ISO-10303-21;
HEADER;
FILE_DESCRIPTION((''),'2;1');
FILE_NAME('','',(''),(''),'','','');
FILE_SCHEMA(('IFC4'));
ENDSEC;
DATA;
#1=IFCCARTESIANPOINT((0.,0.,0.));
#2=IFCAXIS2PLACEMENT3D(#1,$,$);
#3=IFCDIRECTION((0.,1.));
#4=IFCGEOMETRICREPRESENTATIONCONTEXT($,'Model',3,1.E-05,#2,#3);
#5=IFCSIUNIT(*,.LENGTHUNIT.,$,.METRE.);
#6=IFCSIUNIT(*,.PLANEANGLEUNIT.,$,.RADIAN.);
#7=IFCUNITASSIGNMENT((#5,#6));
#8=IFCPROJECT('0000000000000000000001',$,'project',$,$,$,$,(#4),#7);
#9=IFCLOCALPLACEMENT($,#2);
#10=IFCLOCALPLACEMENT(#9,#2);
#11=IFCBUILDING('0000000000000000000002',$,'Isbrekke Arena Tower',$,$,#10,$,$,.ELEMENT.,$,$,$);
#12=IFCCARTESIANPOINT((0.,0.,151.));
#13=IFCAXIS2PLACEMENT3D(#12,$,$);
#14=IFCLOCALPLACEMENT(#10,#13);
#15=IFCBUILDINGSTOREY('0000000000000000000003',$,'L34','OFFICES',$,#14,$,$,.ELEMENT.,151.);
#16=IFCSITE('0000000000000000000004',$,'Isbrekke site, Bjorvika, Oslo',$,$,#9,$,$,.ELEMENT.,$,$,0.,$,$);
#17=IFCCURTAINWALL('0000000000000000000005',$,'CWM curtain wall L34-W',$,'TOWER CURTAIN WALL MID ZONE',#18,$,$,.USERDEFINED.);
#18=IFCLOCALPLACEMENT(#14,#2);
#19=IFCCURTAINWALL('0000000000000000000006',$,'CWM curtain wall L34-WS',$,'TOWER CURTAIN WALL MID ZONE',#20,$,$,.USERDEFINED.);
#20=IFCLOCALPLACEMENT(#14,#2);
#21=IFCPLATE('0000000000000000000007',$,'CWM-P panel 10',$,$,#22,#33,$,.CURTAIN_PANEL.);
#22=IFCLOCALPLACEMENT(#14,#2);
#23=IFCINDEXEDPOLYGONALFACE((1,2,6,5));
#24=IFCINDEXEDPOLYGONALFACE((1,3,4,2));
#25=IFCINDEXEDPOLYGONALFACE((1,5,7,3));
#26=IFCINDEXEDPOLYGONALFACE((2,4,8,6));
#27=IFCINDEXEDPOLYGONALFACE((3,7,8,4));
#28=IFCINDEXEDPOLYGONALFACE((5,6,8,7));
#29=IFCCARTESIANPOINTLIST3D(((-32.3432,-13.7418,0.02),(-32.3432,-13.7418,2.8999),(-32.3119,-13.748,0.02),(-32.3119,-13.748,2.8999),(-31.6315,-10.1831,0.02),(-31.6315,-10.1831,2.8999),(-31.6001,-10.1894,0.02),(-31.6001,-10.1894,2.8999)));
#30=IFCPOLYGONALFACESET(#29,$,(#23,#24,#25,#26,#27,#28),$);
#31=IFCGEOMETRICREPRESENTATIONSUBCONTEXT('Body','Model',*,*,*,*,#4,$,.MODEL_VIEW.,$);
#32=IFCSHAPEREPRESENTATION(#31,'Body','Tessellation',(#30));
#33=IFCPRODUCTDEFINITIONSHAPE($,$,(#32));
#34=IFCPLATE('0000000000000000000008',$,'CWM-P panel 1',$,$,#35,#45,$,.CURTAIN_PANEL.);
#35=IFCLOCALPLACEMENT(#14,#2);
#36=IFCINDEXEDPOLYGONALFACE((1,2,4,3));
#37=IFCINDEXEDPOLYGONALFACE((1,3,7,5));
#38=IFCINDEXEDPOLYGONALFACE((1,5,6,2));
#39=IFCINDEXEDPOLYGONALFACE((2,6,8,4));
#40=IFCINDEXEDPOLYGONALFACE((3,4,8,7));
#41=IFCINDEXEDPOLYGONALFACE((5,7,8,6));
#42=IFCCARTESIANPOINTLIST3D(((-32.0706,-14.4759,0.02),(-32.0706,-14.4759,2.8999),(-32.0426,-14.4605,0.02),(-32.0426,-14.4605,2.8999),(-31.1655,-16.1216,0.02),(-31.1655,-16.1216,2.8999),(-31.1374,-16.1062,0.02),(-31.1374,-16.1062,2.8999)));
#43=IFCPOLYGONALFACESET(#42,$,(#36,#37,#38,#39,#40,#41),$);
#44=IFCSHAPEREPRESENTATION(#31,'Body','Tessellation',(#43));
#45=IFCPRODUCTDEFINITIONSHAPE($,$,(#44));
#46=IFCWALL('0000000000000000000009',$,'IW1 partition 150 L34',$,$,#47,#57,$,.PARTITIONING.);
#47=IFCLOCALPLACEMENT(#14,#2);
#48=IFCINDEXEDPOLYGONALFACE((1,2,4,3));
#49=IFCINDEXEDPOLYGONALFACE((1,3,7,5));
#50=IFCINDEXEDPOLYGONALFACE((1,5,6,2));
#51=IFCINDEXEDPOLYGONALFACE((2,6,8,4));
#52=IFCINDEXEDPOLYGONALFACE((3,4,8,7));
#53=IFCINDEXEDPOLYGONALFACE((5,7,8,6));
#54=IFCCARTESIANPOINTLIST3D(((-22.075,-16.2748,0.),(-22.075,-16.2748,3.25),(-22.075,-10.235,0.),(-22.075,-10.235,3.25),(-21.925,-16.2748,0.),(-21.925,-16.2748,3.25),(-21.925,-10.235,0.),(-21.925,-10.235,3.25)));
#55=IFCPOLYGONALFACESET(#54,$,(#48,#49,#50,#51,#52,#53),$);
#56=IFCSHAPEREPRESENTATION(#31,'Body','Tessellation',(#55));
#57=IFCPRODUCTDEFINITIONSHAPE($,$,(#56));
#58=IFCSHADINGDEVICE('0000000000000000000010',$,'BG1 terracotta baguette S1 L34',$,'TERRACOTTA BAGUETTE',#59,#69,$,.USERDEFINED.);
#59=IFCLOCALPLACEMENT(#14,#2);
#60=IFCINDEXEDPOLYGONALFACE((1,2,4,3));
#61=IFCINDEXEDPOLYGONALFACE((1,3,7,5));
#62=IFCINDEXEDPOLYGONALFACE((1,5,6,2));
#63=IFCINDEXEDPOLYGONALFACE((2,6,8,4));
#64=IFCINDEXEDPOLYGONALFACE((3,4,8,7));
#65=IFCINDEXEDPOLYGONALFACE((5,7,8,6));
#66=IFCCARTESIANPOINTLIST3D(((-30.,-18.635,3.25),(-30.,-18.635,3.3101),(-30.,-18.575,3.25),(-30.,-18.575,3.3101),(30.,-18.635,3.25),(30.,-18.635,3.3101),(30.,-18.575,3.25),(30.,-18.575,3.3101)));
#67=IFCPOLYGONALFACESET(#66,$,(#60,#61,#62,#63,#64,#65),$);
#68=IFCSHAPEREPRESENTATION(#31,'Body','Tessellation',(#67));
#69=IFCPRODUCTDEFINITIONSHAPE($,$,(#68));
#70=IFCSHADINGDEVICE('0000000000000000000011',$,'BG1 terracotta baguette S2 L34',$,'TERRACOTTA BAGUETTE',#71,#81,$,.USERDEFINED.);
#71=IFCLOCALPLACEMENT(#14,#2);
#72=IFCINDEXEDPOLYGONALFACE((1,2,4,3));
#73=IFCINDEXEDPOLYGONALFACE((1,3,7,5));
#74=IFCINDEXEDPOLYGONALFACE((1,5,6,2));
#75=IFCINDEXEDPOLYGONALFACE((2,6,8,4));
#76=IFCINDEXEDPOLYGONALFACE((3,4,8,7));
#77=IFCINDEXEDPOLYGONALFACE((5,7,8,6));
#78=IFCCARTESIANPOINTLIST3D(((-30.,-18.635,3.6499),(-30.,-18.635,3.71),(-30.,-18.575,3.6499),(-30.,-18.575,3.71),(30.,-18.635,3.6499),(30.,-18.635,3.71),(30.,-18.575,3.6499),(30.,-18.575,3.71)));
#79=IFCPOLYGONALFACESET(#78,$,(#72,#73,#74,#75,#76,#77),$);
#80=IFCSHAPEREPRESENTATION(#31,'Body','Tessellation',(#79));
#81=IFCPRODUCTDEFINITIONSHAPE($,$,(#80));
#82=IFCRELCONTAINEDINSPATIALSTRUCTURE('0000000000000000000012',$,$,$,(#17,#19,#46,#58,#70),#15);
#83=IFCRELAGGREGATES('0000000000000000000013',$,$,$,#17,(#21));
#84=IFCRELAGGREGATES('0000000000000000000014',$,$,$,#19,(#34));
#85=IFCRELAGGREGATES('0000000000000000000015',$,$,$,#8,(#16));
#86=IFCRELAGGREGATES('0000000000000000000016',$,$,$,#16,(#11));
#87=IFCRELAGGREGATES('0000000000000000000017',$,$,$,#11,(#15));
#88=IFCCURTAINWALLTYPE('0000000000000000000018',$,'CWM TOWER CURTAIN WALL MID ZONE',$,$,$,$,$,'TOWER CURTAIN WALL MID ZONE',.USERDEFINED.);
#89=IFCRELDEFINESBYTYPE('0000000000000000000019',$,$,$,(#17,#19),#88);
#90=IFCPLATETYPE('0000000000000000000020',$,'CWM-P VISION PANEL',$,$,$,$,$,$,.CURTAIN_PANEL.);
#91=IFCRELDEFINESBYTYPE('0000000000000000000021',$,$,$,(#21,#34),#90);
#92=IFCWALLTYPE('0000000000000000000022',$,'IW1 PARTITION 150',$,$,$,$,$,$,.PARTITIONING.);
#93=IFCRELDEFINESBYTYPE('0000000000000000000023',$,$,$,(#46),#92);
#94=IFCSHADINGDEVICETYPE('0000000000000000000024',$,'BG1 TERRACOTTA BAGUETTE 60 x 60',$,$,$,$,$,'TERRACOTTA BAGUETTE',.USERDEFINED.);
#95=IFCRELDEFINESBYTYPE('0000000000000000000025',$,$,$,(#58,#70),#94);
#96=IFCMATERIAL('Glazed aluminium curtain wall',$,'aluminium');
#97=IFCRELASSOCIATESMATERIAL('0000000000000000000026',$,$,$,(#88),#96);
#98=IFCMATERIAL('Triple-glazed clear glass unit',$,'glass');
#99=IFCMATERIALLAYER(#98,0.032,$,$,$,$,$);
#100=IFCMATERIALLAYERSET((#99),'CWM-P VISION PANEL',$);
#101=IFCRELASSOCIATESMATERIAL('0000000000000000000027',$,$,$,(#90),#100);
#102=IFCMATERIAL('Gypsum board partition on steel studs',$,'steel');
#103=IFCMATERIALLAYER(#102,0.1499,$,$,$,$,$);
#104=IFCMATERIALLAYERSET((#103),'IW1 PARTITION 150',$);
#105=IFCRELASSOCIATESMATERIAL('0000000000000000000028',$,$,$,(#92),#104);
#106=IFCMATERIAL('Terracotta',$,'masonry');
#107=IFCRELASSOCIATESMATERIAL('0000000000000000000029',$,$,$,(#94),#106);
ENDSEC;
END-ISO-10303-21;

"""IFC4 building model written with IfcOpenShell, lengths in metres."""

from ifc_helpers import new_model, si_unit, direction, frame, frame_2d, origin, origin_2d, place, context, subcontext, project, spatial, rectangle, extrude, material, layer, layer_set, material_profile, profile_set, type_object, element, aggregate, save


model = new_model("IFC4")

# Units and contexts
model_context = context("Model", 3, precision=1e-05, world=origin(), true_north=direction((0.0, 1.0)))
body_context = subcontext(model_context, "Body", "Model", "MODEL_VIEW")
ifc_project = project(units=[si_unit("LENGTHUNIT", "METRE"), si_unit("PLANEANGLEUNIT", "RADIAN")], contexts=[model_context])

# Site, building, storey
site_placement = place(None, origin())
site = spatial("IfcSite", under=ifc_project, at=site_placement, Name="Isbrekke site, Bjorvika, Oslo", CompositionType="ELEMENT", RefElevation=0.0)
building_placement = place(site_placement, origin())
building = spatial("IfcBuilding", under=site, at=building_placement, Name="Isbrekke Arena Tower", CompositionType="ELEMENT")
storey_placement = place(building_placement, frame((0.0, 0.0, 151.0)))
storey = spatial("IfcBuildingStorey", under=building, at=storey_placement, Name="L34", Description="OFFICES", CompositionType="ELEMENT", Elevation=151.0)

# Shared definitions
ifc_material_1 = material(Name="Glazed aluminium curtain wall", Category="aluminium")
curtain_wall_type = type_object("IfcCurtainWallType", Name="CWM TOWER CURTAIN WALL MID ZONE", ElementType="TOWER CURTAIN WALL MID ZONE", PredefinedType="USERDEFINED", material=ifc_material_1)

# Curtain wall
curtain_wall_1_placement = place(storey_placement, origin())
curtain_wall_1 = element("IfcCurtainWall", 1, at=curtain_wall_1_placement, inside=storey, type_object=curtain_wall_type, Name="CWM curtain wall L34-W", ObjectType="TOWER CURTAIN WALL MID ZONE", PredefinedType="USERDEFINED")

# Curtain wall
curtain_wall_2_placement = place(storey_placement, origin())
curtain_wall_2 = element("IfcCurtainWall", 2, at=curtain_wall_2_placement, inside=storey, type_object=curtain_wall_type, Name="CWM curtain wall L34-WS", ObjectType="TOWER CURTAIN WALL MID ZONE", PredefinedType="USERDEFINED")

# Plates
ifc_material_2 = material(Name="Triple-glazed clear glass unit", Category="glass")
ifc_layer_1 = layer(ifc_material_2, 0.032)
ifc_layer_set_1 = layer_set([ifc_layer_1], Name="CWM-P VISION PANEL")
plate_type = type_object("IfcPlateType", Name="CWM-P VISION PANEL", PredefinedType="CURTAIN_PANEL", material=ifc_layer_set_1)
plate_1_placement = place(storey_placement, frame((-31.9717, -11.9656, 0.02), z_axis=(0.0, 0.0, 1.0), x_axis=(-0.196116, -0.980581, 0.0)))
plate_1 = element("IfcPlate", 3, at=plate_1_placement, type_object=plate_type, Name="CWM-P panel 10", PredefinedType="CURTAIN_PANEL", context=body_context, shape_type="SweptSolid", body=[
    extrude(rectangle(XDim=3.6292, YDim=0.032, at=origin_2d()), origin(), (0.0, 0.0, 1.0), 2.8799),
])
aggregate(curtain_wall_1, [plate_1])
plate_2_placement = place(storey_placement, frame((-31.604, -15.291, 0.02), z_axis=(0.0, 0.0, 1.0), x_axis=(0.481919, -0.876216, 0.0)))
plate_2 = element("IfcPlate", 4, at=plate_2_placement, type_object=plate_type, Name="CWM-P panel 1", PredefinedType="CURTAIN_PANEL", context=body_context, shape_type="SweptSolid", body=[
    extrude(rectangle(XDim=1.8782, YDim=0.032, at=origin_2d()), origin(), (0.0, 0.0, 1.0), 2.8799),
])
aggregate(curtain_wall_2, [plate_2])

# Wall
ifc_material_3 = material(Name="Gypsum board partition on steel studs", Category="steel")
ifc_layer_2 = layer(ifc_material_3, 0.1499)
ifc_layer_set_2 = layer_set([ifc_layer_2], Name="IW1 PARTITION 150")
wall_type = type_object("IfcWallType", Name="IW1 PARTITION 150", PredefinedType="PARTITIONING", material=ifc_layer_set_2)
wall_placement = place(storey_placement, frame((-22.0, -16.2749, 0.0), z_axis=(0.0, 0.0, 1.0), x_axis=(0.0, 1.0, 0.0)))
element("IfcWall", 5, at=wall_placement, inside=storey, type_object=wall_type, Name="IW1 partition 150 L34", PredefinedType="PARTITIONING", context=body_context, shape_type="SweptSolid", body=[
    extrude(rectangle(XDim=6.0398, YDim=0.1499, at=frame_2d((3.02, 0.0))), origin(), (0.0, 0.0, 1.0), 3.25),
])

# Shading devices
ifc_material_4 = material(Name="Terracotta", Category="masonry")
ifc_material_profile_1 = material_profile(ifc_material_4, rectangle(XDim=0.0601, YDim=0.0601, at=origin_2d()), Name="BAGUETTE 60X60")
ifc_profile_set_1 = profile_set([ifc_material_profile_1], Name="Terracotta")
shading_device_type = type_object("IfcShadingDeviceType", Name="BG1 TERRACOTTA BAGUETTE 60 x 60", ElementType="TERRACOTTA BAGUETTE", PredefinedType="USERDEFINED", material=ifc_profile_set_1)
for number, where, z_axis, x_axis, name in (
    (6, (-30.0, -18.605, 3.28), (1.0, 0.0, 0.0), (0.0, 1.0, 0.0), "BG1 terracotta baguette S1 L34"),
    (7, (-30.0, -18.605, 3.6799), (1.0, 0.0, 0.0), (0.0, 1.0, 0.0), "BG1 terracotta baguette S2 L34"),
):
    element("IfcShadingDevice", number, at=place(storey_placement, frame(where, z_axis=z_axis, x_axis=x_axis)), inside=storey, type_object=shading_device_type, Name=name, ObjectType="TERRACOTTA BAGUETTE", PredefinedType="USERDEFINED", context=body_context, shape_type="SweptSolid", body=[
        extrude(rectangle(XDim=0.0601, YDim=0.0601, at=origin_2d()), origin(), (0.0, 0.0, 1.0), 60.0),
    ])

save(model, "model.ifc")
